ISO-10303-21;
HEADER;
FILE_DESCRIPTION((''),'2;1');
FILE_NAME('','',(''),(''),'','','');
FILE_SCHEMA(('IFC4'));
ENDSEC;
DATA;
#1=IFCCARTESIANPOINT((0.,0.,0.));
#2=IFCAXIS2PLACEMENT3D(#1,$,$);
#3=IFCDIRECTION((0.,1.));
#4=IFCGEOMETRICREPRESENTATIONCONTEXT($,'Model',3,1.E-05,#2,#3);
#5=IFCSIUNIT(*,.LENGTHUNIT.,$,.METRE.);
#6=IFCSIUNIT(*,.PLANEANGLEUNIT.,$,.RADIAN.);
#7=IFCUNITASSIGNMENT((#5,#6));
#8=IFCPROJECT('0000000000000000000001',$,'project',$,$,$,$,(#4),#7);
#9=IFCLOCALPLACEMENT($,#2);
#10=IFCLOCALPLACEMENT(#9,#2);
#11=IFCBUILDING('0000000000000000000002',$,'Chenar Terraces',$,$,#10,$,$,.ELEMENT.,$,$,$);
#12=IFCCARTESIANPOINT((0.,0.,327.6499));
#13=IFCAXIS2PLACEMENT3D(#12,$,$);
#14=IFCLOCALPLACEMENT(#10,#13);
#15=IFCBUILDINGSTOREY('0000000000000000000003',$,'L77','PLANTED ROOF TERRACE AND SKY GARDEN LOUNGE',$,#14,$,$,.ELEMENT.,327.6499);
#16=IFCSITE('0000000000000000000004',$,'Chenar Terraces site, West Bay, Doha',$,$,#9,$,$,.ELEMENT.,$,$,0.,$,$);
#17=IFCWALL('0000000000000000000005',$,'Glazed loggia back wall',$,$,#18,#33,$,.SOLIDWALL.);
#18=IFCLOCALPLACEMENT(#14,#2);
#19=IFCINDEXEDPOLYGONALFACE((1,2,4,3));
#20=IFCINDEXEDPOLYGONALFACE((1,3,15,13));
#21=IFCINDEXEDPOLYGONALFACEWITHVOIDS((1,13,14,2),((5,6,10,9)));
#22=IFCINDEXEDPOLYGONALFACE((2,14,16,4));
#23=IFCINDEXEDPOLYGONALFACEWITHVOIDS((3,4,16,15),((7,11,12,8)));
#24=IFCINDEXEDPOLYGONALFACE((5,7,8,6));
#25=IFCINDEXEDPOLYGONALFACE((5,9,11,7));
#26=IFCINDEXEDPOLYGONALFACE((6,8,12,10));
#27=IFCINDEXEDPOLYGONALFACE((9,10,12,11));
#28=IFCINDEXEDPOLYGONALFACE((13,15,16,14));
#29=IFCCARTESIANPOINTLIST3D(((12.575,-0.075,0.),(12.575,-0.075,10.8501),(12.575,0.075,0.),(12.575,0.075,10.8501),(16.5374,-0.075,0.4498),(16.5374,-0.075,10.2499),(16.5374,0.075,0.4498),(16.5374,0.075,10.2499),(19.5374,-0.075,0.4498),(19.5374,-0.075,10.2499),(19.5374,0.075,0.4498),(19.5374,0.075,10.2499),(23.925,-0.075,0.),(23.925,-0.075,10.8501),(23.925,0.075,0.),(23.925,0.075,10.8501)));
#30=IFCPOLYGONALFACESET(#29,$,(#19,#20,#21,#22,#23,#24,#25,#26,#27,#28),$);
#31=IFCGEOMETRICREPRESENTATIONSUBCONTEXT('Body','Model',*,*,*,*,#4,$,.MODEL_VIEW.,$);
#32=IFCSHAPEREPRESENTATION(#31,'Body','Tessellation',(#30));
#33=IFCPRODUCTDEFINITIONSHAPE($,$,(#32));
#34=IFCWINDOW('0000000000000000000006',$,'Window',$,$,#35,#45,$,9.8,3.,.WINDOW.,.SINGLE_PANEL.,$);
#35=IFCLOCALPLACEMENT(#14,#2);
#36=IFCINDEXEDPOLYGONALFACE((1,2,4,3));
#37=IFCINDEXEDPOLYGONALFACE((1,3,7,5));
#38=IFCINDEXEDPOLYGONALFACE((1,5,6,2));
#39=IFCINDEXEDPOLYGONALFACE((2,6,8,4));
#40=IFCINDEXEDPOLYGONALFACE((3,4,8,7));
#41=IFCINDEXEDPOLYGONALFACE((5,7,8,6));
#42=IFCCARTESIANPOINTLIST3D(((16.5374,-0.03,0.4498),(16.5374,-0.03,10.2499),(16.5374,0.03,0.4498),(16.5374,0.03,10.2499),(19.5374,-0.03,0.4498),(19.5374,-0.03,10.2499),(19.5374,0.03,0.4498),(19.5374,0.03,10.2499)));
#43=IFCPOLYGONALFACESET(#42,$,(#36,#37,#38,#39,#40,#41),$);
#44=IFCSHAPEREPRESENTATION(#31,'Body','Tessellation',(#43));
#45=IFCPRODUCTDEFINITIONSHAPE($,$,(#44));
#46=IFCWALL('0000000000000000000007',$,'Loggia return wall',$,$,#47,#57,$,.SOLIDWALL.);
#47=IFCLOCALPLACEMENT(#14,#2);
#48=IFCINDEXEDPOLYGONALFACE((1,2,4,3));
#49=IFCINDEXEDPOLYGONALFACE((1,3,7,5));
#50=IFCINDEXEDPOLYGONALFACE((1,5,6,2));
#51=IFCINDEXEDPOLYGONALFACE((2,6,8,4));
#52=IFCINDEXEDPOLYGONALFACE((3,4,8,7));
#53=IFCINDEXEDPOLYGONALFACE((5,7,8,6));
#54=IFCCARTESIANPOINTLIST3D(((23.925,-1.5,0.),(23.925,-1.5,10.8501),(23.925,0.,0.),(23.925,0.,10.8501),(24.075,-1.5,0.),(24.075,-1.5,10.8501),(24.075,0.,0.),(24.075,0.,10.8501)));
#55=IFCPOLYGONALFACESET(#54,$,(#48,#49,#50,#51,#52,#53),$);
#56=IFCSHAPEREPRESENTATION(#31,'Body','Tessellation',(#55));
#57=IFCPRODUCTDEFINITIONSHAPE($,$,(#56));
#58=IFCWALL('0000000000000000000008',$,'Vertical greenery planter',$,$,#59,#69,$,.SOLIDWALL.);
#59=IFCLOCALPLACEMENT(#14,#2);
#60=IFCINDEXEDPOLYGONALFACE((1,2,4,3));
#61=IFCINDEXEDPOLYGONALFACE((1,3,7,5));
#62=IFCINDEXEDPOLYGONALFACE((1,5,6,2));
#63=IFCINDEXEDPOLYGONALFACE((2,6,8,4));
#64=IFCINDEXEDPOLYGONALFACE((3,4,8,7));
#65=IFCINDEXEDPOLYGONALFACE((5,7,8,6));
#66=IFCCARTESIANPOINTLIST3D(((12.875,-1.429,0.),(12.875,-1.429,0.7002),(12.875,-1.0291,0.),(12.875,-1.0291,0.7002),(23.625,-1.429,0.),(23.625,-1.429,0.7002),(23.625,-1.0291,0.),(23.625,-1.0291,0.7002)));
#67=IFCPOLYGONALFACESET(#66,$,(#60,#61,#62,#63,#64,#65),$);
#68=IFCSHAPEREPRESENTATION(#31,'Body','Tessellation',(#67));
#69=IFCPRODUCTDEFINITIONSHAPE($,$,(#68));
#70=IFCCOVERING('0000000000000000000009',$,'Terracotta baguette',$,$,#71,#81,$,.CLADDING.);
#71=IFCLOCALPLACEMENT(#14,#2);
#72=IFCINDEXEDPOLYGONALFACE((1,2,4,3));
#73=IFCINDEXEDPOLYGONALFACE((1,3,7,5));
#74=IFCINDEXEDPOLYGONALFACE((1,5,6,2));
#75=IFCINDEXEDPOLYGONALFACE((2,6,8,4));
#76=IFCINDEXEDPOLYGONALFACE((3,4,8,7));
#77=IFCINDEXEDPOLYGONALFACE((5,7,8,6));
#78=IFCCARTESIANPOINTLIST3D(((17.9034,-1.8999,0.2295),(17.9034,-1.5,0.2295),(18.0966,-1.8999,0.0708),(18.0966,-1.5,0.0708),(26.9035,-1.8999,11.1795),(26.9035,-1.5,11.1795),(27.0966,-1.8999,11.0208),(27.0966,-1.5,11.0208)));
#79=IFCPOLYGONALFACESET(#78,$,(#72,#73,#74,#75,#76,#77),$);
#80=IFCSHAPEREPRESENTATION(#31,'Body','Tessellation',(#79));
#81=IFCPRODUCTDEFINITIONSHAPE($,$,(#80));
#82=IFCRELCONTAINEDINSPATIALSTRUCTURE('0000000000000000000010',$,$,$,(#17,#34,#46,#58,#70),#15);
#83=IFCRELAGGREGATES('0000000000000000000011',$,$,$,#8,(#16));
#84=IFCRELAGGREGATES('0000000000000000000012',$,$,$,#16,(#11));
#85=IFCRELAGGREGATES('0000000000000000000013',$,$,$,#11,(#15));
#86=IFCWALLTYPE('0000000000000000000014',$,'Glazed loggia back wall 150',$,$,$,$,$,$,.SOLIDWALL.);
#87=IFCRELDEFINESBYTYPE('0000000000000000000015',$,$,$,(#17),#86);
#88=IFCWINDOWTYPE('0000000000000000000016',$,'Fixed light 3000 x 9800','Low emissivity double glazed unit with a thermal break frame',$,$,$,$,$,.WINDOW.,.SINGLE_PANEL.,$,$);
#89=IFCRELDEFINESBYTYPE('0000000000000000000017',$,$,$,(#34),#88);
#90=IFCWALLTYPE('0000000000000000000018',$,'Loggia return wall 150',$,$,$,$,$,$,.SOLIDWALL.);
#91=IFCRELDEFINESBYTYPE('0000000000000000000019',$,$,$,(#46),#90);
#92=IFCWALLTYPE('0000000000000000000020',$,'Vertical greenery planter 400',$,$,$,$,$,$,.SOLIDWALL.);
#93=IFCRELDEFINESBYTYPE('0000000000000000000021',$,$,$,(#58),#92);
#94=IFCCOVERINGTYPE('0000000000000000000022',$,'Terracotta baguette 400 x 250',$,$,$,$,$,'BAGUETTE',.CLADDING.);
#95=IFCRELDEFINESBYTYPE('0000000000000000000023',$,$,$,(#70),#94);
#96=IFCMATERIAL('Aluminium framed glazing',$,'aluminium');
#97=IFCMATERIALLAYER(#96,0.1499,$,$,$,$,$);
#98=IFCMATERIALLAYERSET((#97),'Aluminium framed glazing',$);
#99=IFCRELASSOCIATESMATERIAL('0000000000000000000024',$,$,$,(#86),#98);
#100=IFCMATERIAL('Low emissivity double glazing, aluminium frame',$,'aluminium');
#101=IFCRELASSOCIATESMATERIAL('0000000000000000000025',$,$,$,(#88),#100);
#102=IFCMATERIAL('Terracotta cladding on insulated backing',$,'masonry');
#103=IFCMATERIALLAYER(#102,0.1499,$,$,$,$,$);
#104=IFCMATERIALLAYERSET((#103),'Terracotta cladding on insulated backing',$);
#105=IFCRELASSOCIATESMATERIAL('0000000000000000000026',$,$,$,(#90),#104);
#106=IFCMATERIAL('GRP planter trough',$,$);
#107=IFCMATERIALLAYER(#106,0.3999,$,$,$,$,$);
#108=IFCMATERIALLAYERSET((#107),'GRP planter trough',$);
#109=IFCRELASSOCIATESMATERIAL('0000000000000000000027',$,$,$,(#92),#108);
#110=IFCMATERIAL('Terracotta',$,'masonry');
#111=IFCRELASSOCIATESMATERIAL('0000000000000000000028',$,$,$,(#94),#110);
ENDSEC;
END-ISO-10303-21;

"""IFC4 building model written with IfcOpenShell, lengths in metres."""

from ifc_helpers import new_model, si_unit, direction, frame, frame_2d, origin, origin_2d, place, context, subcontext, project, spatial, rectangle, extrude, material, layer, layer_set, material_profile, profile_set, type_object, element, fill, save


model = new_model("IFC4")

# Units and contexts
model_context = context("Model", 3, precision=1e-05, world=origin(), true_north=direction((0.0, 1.0)))
body_context = subcontext(model_context, "Body", "Model", "MODEL_VIEW")
ifc_project = project(units=[si_unit("LENGTHUNIT", "METRE"), si_unit("PLANEANGLEUNIT", "RADIAN")], contexts=[model_context])

# Site, building, storey
site_placement = place(None, origin())
site = spatial("IfcSite", under=ifc_project, at=site_placement, Name="Chenar Terraces site, West Bay, Doha", CompositionType="ELEMENT", RefElevation=0.0)
building_placement = place(site_placement, origin())
building = spatial("IfcBuilding", under=site, at=building_placement, Name="Chenar Terraces", CompositionType="ELEMENT")
storey_placement = place(building_placement, frame((0.0, 0.0, 327.6499)))
storey = spatial("IfcBuildingStorey", under=building, at=storey_placement, Name="L77", Description="PLANTED ROOF TERRACE AND SKY GARDEN LOUNGE", CompositionType="ELEMENT", Elevation=327.6499)

# Wall, opening, window
ifc_material_1 = material(Name="Aluminium framed glazing", Category="aluminium")
ifc_layer_1 = layer(ifc_material_1, 0.1499)
ifc_layer_set_1 = layer_set([ifc_layer_1], Name="Aluminium framed glazing")
wall_type_1 = type_object("IfcWallType", Name="Glazed loggia back wall 150", PredefinedType="SOLIDWALL", material=ifc_layer_set_1)
wall_1_placement = place(storey_placement, frame((12.575, 0.0, 0.0), z_axis=(0.0, 0.0, 1.0), x_axis=(1.0, 0.0, 0.0)))
wall_1 = element("IfcWall", 1, at=wall_1_placement, inside=storey, type_object=wall_type_1, Name="Glazed loggia back wall", PredefinedType="SOLIDWALL", context=body_context, shape_type="SweptSolid", body=[
    extrude(rectangle(XDim=11.3501, YDim=0.1499, at=frame_2d((5.675, 0.0))), origin(), (0.0, 0.0, 1.0), 10.8501),
])
opening_1_placement = place(wall_1_placement, frame((3.9624, 0.0, 0.45)))
opening_1 = element("IfcOpeningElement", 2, at=opening_1_placement, cuts=wall_1, PredefinedType="OPENING", context=body_context, shape_type="SweptSolid", body=[
    extrude(rectangle(XDim=3.0, YDim=9.8, at=frame_2d((1.5, 4.8999))), frame((0.0, 0.085, 0.0), z_axis=(0.0, -1.0, 0.0), x_axis=(1.0, 0.0, 0.0)), (0.0, 0.0, 1.0), 0.1699),
])
ifc_material_2 = material(Name="Low emissivity double glazing, aluminium frame", Category="aluminium")
window_type = type_object("IfcWindowType", Name="Fixed light 3000 x 9800", Description="Low emissivity double glazed unit with a thermal break frame", PartitioningType="SINGLE_PANEL", PredefinedType="WINDOW", material=ifc_material_2)
window_placement = place(opening_1_placement, origin())
window = element("IfcWindow", 3, at=window_placement, inside=storey, type_object=window_type, Name="Window", OverallHeight=9.8, OverallWidth=3.0, PartitioningType="SINGLE_PANEL", PredefinedType="WINDOW", context=body_context, shape_type="SweptSolid", body=[
    extrude(rectangle(XDim=3.0, YDim=9.8, at=frame_2d((1.5, 4.8999))), frame((0.0, 0.03, 0.0), z_axis=(0.0, -1.0, 0.0), x_axis=(1.0, 0.0, 0.0)), (0.0, 0.0, 1.0), 0.0601),
])
fill(opening_1, window)

# Walls
ifc_material_3 = material(Name="Terracotta cladding on insulated backing", Category="masonry")
ifc_layer_2 = layer(ifc_material_3, 0.1499)
ifc_layer_set_2 = layer_set([ifc_layer_2], Name="Terracotta cladding on insulated backing")
wall_type_2 = type_object("IfcWallType", Name="Loggia return wall 150", PredefinedType="SOLIDWALL", material=ifc_layer_set_2)
wall_2_placement = place(storey_placement, frame((24.0, -1.5, 0.0), z_axis=(0.0, 0.0, 1.0), x_axis=(0.0, 1.0, 0.0)))
element("IfcWall", 4, at=wall_2_placement, inside=storey, type_object=wall_type_2, Name="Loggia return wall", PredefinedType="SOLIDWALL", context=body_context, shape_type="SweptSolid", body=[
    extrude(rectangle(XDim=1.5, YDim=0.1499, at=frame_2d((0.75, 0.0))), origin(), (0.0, 0.0, 1.0), 10.8501),
])
ifc_material_4 = material(Name="GRP planter trough")
ifc_layer_3 = layer(ifc_material_4, 0.3999)
ifc_layer_set_3 = layer_set([ifc_layer_3], Name="GRP planter trough")
wall_type_3 = type_object("IfcWallType", Name="Vertical greenery planter 400", PredefinedType="SOLIDWALL", material=ifc_layer_set_3)
wall_3_placement = place(storey_placement, frame((12.875, -1.229, 0.0), z_axis=(0.0, 0.0, 1.0), x_axis=(1.0, 0.0, 0.0)))
element("IfcWall", 5, at=wall_3_placement, inside=storey, type_object=wall_type_3, Name="Vertical greenery planter", PredefinedType="SOLIDWALL", context=body_context, shape_type="SweptSolid", body=[
    extrude(rectangle(XDim=10.75, YDim=0.3999, at=frame_2d((5.375, 0.0))), origin(), (0.0, 0.0, 1.0), 0.7002),
])

# Covering
ifc_material_5 = material(Name="Terracotta", Category="masonry")
ifc_material_profile_1 = material_profile(ifc_material_5, rectangle(XDim=0.3999, YDim=0.25, at=origin_2d()), Name="Terracotta baguette 400 x 250")
ifc_profile_set_1 = profile_set([ifc_material_profile_1], Name="Terracotta")
covering_type = type_object("IfcCoveringType", Name="Terracotta baguette 400 x 250", ElementType="BAGUETTE", PredefinedType="CLADDING", material=ifc_profile_set_1)
covering_placement = place(storey_placement, frame((18.0, -1.7, 0.1501), z_axis=(0.634967, 0.0, 0.772539), x_axis=(0.0, 1.0, 0.0)))
element("IfcCovering", 6, at=covering_placement, inside=storey, type_object=covering_type, Name="Terracotta baguette", PredefinedType="CLADDING", context=body_context, shape_type="SweptSolid", body=[
    extrude(rectangle(XDim=0.3999, YDim=0.25, at=origin_2d()), origin(), (0.0, 0.0, 1.0), 14.1741),
])

save(model, "model.ifc")
